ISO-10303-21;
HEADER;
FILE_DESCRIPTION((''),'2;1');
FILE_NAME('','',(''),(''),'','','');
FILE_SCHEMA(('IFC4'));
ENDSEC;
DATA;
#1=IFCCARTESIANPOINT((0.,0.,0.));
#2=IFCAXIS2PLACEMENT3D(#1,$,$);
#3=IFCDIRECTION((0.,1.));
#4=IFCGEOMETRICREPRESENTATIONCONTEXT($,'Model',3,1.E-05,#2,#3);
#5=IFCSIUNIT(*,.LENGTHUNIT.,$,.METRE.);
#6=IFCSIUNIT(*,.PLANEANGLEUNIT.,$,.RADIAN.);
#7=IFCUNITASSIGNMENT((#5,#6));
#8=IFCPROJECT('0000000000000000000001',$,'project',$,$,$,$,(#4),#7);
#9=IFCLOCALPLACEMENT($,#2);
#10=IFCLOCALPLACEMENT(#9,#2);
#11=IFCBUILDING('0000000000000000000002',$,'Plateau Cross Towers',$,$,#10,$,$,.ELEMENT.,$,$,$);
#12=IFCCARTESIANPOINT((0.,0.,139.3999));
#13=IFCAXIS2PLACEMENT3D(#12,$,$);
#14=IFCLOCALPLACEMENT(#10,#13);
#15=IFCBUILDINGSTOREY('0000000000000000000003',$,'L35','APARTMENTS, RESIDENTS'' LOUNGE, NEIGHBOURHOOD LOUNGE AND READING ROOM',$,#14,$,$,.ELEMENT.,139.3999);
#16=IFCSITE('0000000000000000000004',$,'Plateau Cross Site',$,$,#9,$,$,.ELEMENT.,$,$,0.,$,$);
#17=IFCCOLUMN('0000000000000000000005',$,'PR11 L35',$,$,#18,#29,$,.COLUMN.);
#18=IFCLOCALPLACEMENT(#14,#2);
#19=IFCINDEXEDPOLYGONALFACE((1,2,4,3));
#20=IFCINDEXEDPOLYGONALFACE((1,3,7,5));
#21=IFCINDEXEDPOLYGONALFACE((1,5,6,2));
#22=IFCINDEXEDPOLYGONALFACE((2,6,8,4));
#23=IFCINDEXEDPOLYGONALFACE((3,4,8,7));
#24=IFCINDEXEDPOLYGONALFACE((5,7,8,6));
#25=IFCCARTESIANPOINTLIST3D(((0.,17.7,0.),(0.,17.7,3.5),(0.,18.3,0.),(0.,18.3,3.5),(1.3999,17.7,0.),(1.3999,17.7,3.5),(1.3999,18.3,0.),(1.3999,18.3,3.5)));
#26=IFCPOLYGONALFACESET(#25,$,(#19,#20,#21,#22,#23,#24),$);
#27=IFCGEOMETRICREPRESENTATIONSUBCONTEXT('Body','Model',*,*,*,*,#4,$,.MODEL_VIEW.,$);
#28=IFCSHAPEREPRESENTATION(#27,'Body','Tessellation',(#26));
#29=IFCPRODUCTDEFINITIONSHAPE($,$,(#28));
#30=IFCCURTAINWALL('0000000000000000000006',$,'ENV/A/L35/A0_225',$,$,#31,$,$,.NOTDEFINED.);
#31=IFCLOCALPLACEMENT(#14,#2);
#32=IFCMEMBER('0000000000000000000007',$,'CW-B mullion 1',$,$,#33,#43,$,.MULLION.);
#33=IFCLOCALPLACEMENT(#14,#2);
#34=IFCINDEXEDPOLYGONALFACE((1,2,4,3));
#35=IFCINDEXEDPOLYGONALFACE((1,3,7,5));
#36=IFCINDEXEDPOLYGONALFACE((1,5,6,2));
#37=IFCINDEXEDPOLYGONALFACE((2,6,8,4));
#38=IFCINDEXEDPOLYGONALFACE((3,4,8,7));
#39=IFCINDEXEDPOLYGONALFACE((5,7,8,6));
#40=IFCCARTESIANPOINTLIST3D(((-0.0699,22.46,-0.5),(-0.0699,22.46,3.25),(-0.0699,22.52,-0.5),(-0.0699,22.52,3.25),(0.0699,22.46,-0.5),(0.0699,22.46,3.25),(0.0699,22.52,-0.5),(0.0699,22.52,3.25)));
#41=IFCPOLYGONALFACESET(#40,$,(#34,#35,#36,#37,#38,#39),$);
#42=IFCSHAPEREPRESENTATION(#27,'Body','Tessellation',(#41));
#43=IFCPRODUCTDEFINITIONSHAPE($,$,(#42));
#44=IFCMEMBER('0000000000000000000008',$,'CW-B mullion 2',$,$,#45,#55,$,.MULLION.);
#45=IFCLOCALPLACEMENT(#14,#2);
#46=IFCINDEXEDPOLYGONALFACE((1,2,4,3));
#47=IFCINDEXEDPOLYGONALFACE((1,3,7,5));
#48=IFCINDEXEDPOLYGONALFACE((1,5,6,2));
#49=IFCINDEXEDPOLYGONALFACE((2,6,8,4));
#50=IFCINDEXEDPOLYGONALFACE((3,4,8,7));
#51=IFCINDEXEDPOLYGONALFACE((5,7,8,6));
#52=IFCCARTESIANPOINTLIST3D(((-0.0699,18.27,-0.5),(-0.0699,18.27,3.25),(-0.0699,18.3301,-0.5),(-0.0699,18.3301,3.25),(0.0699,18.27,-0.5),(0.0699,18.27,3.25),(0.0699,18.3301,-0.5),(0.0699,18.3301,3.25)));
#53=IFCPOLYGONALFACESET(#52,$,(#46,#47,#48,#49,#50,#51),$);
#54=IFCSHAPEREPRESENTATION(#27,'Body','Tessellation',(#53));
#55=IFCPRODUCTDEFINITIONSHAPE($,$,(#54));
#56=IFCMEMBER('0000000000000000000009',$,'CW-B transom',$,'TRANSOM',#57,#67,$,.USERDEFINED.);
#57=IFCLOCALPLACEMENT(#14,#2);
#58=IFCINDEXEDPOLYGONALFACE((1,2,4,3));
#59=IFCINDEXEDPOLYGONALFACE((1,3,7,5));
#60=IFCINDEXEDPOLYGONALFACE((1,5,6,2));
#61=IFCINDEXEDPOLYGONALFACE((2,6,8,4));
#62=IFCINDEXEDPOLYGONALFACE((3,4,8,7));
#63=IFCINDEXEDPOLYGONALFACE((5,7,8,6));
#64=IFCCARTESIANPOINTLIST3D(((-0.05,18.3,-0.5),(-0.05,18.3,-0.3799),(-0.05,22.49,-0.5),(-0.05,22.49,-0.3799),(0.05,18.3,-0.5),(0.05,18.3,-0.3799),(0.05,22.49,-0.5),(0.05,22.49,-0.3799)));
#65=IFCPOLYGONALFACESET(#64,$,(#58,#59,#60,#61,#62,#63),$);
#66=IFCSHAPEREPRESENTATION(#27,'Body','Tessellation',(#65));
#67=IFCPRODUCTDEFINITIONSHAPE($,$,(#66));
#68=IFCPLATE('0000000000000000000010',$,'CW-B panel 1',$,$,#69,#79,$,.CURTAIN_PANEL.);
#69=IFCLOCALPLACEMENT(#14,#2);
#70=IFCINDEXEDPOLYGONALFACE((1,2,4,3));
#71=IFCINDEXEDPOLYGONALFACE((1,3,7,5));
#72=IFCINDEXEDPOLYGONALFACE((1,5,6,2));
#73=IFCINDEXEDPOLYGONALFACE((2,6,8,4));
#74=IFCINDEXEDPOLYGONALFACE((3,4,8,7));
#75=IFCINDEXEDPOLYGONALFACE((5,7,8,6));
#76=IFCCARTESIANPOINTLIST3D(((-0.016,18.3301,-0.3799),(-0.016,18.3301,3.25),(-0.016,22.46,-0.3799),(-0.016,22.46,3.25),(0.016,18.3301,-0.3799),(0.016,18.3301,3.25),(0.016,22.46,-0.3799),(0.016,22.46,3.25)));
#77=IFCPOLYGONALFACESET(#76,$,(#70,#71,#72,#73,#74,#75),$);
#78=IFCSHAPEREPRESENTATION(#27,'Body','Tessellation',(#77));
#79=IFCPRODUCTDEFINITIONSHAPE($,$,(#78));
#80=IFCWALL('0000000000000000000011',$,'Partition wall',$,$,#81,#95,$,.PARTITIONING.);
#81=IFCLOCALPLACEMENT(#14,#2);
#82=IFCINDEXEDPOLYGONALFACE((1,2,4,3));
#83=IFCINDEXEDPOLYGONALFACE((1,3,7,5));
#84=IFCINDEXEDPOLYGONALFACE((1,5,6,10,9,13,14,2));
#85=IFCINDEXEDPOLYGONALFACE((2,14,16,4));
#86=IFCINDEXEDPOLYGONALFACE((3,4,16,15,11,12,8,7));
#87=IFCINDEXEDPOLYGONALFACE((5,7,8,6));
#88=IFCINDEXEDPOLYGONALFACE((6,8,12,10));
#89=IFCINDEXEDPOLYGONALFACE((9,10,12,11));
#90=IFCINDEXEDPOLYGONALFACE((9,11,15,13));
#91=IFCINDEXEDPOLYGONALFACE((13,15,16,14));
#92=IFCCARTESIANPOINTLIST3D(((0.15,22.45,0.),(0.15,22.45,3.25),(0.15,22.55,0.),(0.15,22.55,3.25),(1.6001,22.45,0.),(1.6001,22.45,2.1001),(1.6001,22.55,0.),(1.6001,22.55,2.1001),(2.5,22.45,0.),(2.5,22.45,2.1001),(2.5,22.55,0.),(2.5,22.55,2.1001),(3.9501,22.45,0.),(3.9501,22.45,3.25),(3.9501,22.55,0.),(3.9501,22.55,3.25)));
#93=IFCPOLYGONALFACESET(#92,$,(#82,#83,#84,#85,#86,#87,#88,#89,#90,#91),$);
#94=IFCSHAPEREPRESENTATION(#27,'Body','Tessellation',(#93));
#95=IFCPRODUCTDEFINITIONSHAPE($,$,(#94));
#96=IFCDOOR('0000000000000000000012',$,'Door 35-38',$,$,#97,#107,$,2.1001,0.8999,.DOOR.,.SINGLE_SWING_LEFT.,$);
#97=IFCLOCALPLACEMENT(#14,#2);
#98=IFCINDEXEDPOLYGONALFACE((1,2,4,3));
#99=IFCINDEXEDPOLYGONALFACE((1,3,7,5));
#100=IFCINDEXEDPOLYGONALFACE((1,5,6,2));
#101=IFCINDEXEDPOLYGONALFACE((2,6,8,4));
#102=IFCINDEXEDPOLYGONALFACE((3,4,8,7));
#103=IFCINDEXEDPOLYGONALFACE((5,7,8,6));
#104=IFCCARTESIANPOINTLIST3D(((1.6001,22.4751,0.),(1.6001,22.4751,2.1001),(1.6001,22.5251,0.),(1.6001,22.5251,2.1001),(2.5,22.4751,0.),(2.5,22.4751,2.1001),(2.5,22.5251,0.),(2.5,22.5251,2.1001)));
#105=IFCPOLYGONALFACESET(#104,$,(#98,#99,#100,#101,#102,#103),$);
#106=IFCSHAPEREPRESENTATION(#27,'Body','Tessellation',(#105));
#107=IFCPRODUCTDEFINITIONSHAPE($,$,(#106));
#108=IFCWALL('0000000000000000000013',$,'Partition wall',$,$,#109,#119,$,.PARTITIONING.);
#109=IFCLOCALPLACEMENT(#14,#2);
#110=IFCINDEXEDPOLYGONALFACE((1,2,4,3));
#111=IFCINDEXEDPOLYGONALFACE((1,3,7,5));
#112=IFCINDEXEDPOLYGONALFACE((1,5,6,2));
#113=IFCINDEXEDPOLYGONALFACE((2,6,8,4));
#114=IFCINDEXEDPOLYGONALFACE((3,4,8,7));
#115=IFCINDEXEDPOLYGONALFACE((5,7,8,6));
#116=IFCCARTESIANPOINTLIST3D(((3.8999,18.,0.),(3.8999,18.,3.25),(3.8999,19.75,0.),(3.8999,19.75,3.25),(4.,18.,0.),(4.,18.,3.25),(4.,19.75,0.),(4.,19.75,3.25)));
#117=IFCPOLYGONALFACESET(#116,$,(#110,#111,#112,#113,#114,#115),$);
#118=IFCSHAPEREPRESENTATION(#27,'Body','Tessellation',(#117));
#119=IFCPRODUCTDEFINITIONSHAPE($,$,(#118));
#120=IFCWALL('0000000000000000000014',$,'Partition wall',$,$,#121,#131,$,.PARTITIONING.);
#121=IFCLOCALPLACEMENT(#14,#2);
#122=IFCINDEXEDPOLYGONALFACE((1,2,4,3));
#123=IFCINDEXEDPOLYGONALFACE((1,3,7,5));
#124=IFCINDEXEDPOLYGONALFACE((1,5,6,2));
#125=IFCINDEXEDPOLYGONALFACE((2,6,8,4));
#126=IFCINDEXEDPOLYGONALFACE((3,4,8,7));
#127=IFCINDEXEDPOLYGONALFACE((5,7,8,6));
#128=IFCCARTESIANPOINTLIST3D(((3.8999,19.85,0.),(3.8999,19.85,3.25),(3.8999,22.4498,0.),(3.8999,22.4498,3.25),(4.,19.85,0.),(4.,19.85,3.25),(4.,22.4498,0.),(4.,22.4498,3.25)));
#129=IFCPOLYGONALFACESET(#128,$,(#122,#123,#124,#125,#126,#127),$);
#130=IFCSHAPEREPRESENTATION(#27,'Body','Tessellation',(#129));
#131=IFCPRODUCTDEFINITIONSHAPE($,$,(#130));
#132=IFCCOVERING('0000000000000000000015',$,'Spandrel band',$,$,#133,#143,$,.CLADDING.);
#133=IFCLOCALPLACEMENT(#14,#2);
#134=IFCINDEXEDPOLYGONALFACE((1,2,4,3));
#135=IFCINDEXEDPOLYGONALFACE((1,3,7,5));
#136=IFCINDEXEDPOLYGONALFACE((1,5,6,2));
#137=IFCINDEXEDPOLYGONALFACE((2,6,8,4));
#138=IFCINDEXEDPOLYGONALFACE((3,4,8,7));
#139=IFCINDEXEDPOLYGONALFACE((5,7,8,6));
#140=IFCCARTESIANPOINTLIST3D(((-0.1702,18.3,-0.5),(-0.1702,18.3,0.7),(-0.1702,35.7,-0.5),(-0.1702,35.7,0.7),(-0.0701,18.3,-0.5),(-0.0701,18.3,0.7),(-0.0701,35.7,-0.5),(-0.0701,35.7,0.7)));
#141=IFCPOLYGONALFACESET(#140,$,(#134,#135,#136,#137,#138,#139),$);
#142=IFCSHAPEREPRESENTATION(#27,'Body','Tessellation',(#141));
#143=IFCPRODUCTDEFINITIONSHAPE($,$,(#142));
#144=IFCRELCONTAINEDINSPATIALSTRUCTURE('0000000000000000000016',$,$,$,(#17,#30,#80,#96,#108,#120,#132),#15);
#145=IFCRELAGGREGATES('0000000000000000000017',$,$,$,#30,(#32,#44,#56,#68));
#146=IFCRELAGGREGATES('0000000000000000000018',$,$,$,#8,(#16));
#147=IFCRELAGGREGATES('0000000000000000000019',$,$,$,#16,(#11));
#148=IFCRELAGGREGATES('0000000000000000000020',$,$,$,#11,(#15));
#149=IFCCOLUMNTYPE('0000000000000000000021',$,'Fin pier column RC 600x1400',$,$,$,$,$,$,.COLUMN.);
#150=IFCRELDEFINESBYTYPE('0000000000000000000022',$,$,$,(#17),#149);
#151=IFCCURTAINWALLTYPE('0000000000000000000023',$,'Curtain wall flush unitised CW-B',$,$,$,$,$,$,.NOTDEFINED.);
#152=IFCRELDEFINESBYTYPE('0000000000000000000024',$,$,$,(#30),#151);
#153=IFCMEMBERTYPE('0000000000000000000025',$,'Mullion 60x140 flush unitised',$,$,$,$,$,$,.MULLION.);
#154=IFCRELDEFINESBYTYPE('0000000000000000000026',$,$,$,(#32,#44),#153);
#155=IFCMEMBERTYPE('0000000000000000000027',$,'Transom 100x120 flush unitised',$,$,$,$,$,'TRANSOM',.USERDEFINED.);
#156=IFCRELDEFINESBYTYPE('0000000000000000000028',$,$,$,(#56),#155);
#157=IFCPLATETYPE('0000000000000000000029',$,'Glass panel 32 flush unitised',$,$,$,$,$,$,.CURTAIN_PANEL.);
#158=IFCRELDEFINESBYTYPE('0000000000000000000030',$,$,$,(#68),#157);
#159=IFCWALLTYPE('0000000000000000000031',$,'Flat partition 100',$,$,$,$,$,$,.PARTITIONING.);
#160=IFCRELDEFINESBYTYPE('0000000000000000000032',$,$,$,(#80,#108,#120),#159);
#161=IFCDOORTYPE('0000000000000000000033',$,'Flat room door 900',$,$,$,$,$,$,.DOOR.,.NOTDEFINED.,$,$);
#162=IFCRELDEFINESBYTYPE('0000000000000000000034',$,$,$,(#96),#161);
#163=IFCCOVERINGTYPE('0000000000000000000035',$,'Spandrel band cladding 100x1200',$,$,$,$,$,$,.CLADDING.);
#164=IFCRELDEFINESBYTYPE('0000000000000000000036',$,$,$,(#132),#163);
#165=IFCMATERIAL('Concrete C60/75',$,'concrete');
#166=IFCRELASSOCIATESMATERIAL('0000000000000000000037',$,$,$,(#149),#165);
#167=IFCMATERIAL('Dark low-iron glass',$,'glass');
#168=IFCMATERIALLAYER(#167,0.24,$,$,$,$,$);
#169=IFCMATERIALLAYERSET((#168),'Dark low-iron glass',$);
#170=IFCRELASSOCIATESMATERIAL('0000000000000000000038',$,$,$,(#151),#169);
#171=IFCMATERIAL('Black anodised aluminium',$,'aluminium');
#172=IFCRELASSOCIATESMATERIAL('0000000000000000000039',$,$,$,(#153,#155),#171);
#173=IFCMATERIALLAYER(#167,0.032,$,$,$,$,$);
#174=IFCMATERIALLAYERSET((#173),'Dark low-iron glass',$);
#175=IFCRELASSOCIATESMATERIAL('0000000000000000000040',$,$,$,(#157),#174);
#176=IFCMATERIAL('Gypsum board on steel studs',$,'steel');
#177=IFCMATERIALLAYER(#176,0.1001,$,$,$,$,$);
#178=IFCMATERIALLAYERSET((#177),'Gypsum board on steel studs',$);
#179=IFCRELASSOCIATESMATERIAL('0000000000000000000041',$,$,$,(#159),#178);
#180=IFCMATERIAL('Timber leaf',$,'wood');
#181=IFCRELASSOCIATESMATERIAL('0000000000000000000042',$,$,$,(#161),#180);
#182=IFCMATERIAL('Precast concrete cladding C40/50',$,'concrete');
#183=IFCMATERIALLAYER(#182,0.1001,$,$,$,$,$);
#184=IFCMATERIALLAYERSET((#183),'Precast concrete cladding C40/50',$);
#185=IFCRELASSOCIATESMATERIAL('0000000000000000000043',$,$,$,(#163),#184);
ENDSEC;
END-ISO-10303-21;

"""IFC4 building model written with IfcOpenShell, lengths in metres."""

from ifc_helpers import new_model, si_unit, direction, frame, frame_2d, origin, origin_2d, place, context, subcontext, project, spatial, rectangle, extrude, material, layer, layer_set, material_profile, profile_set, type_object, element, fill, aggregate, save


model = new_model("IFC4")

# Units and contexts
model_context = context("Model", 3, precision=1e-05, world=origin(), true_north=direction((0.0, 1.0)))
body_context = subcontext(model_context, "Body", "Model", "MODEL_VIEW")
ifc_project = project(units=[si_unit("LENGTHUNIT", "METRE"), si_unit("PLANEANGLEUNIT", "RADIAN")], contexts=[model_context])

# Site, building, storey
site_placement = place(None, origin())
site = spatial("IfcSite", under=ifc_project, at=site_placement, Name="Plateau Cross Site", CompositionType="ELEMENT", RefElevation=0.0)
building_placement = place(site_placement, origin())
building = spatial("IfcBuilding", under=site, at=building_placement, Name="Plateau Cross Towers", CompositionType="ELEMENT")
storey_placement = place(building_placement, frame((0.0, 0.0, 139.3999)))
storey = spatial("IfcBuildingStorey", under=building, at=storey_placement, Name="L35", Description="APARTMENTS, RESIDENTS' LOUNGE, NEIGHBOURHOOD LOUNGE AND READING ROOM", CompositionType="ELEMENT", Elevation=139.3999)

# Column
ifc_material_1 = material(Name="Concrete C60/75", Category="concrete")
ifc_material_profile_1 = material_profile(ifc_material_1, rectangle(XDim=0.6001, YDim=1.3999, at=origin_2d()), Name="RC 600x1400")
ifc_profile_set_1 = profile_set([ifc_material_profile_1], Name="Concrete C60/75")
column_type = type_object("IfcColumnType", Name="Fin pier column RC 600x1400", PredefinedType="COLUMN", material=ifc_profile_set_1)
column_placement = place(storey_placement, frame((0.7, 18.0, 0.0), z_axis=(0.0, 0.0, 1.0), x_axis=(0.0, 1.0, 0.0)))
element("IfcColumn", 1, at=column_placement, inside=storey, type_object=column_type, Name="PR11 L35", PredefinedType="COLUMN", context=body_context, shape_type="SweptSolid", body=[
    extrude(rectangle(XDim=0.6001, YDim=1.3999, at=origin_2d()), origin(), (0.0, 0.0, 1.0), 3.5),
])

# Curtain wall, members, plate
ifc_material_2 = material(Name="Dark low-iron glass", Category="glass")
ifc_layer_1 = layer(ifc_material_2, 0.24)
ifc_layer_set_1 = layer_set([ifc_layer_1], Name="Dark low-iron glass")
curtain_wall_type = type_object("IfcCurtainWallType", Name="Curtain wall flush unitised CW-B", PredefinedType="NOTDEFINED", material=ifc_layer_set_1)
curtain_wall_placement = place(storey_placement, origin())
curtain_wall = element("IfcCurtainWall", 2, at=curtain_wall_placement, inside=storey, type_object=curtain_wall_type, Name="ENV/A/L35/A0_225", PredefinedType="NOTDEFINED")
ifc_material_3 = material(Name="Black anodised aluminium", Category="aluminium")
ifc_material_profile_2 = material_profile(ifc_material_3, rectangle(XDim=0.0601, YDim=0.1399, at=origin_2d()), Name="MULLION 60x140")
ifc_profile_set_2 = profile_set([ifc_material_profile_2], Name="Black anodised aluminium")
member_type_1 = type_object("IfcMemberType", Name="Mullion 60x140 flush unitised", PredefinedType="MULLION", material=ifc_profile_set_2)
member_1_placement = place(storey_placement, frame((0.0, 22.49, -0.5), z_axis=(0.0, 0.0, 1.0), x_axis=(0.0, -1.0, 0.0)))
member_1 = element("IfcMember", 3, at=member_1_placement, type_object=member_type_1, Name="CW-B mullion 1", PredefinedType="MULLION", context=body_context, shape_type="SweptSolid", body=[
    extrude(rectangle(XDim=0.0601, YDim=0.1399, at=origin_2d()), origin(), (0.0, 0.0, 1.0), 3.75),
])
member_2_placement = place(storey_placement, frame((0.0, 18.3, -0.5), z_axis=(0.0, 0.0, 1.0), x_axis=(0.0, -1.0, 0.0)))
member_2 = element("IfcMember", 4, at=member_2_placement, type_object=member_type_1, Name="CW-B mullion 2", PredefinedType="MULLION", context=body_context, shape_type="SweptSolid", body=[
    extrude(rectangle(XDim=0.0601, YDim=0.1399, at=origin_2d()), origin(), (0.0, 0.0, 1.0), 3.75),
])
ifc_material_profile_3 = material_profile(ifc_material_3, rectangle(XDim=0.1001, YDim=0.1201, at=origin_2d()), Name="TRANSOM 100x120")
ifc_profile_set_3 = profile_set([ifc_material_profile_3], Name="Black anodised aluminium")
member_type_2 = type_object("IfcMemberType", Name="Transom 100x120 flush unitised", ElementType="TRANSOM", PredefinedType="USERDEFINED", material=ifc_profile_set_3)
member_3_placement = place(storey_placement, frame((0.0, 22.49, -0.4399), z_axis=(0.0, -1.0, 0.0), x_axis=(1.0, 0.0, 0.0)))
member_3 = element("IfcMember", 5, at=member_3_placement, type_object=member_type_2, Name="CW-B transom", ObjectType="TRANSOM", PredefinedType="USERDEFINED", context=body_context, shape_type="SweptSolid", body=[
    extrude(rectangle(XDim=0.1001, YDim=0.1201, at=origin_2d()), origin(), (0.0, 0.0, 1.0), 4.1899),
])
ifc_layer_2 = layer(ifc_material_2, 0.032)
ifc_layer_set_2 = layer_set([ifc_layer_2], Name="Dark low-iron glass")
plate_type = type_object("IfcPlateType", Name="Glass panel 32 flush unitised", PredefinedType="CURTAIN_PANEL", material=ifc_layer_set_2)
plate_placement = place(storey_placement, frame((0.0, 20.395, -0.3799), z_axis=(0.0, 0.0, 1.0), x_axis=(0.0, -1.0, 0.0)))
plate = element("IfcPlate", 6, at=plate_placement, type_object=plate_type, Name="CW-B panel 1", PredefinedType="CURTAIN_PANEL", context=body_context, shape_type="SweptSolid", body=[
    extrude(rectangle(XDim=4.1299, YDim=0.032, at=origin_2d()), origin(), (0.0, 0.0, 1.0), 3.6299),
])
aggregate(curtain_wall, [member_1, member_2, member_3, plate])

# Wall, opening, door
ifc_material_4 = material(Name="Gypsum board on steel studs", Category="steel")
ifc_layer_3 = layer(ifc_material_4, 0.1001)
ifc_layer_set_3 = layer_set([ifc_layer_3], Name="Gypsum board on steel studs")
wall_type_1 = type_object("IfcWallType", Name="Flat partition 100", PredefinedType="PARTITIONING", material=ifc_layer_set_3)
wall_1_placement = place(storey_placement, frame((3.95, 22.5, 0.0), z_axis=(0.0, 0.0, 1.0), x_axis=(-1.0, 0.0, 0.0)))
wall_1 = element("IfcWall", 7, at=wall_1_placement, inside=storey, type_object=wall_type_1, Name="Partition wall", PredefinedType="PARTITIONING", context=body_context, shape_type="SweptSolid", body=[
    extrude(rectangle(XDim=3.8, YDim=0.1001, at=frame_2d((1.8999, 0.0))), origin(), (0.0, 0.0, 1.0), 3.25),
])
opening_1_placement = place(wall_1_placement, frame((1.45, 0.0, 0.0)))
opening_1 = element("IfcOpeningElement", 8, at=opening_1_placement, cuts=wall_1, PredefinedType="OPENING", context=body_context, shape_type="SweptSolid", body=[
    extrude(rectangle(XDim=0.8999, YDim=2.1001, at=frame_2d((0.45, 1.05))), frame((0.0, 0.0601, 0.0), z_axis=(0.0, -1.0, 0.0), x_axis=(1.0, 0.0, 0.0)), (0.0, 0.0, 1.0), 0.1201),
])
ifc_material_5 = material(Name="Timber leaf", Category="wood")
door_type_1 = type_object("IfcDoorType", Name="Flat room door 900", OperationType="NOTDEFINED", PredefinedType="DOOR", material=ifc_material_5)
door_1_placement = place(opening_1_placement, origin())
door_1 = element("IfcDoor", 9, at=door_1_placement, inside=storey, type_object=door_type_1, Name="Door 35-38", OperationType="SINGLE_SWING_LEFT", OverallHeight=2.1001, OverallWidth=0.8999, PredefinedType="DOOR", context=body_context, shape_type="SweptSolid", body=[
    extrude(rectangle(XDim=0.8999, YDim=2.1001, at=frame_2d((0.45, 1.05))), frame((0.0, 0.0249, 0.0), z_axis=(0.0, -1.0, 0.0), x_axis=(1.0, 0.0, 0.0)), (0.0, 0.0, 1.0), 0.05),
])
fill(opening_1, door_1)

# Walls
wall_2_placement = place(storey_placement, frame((3.95, 19.75, 0.0), z_axis=(0.0, 0.0, 1.0), x_axis=(0.0, -1.0, 0.0)))
element("IfcWall", 10, at=wall_2_placement, inside=storey, type_object=wall_type_1, Name="Partition wall", PredefinedType="PARTITIONING", context=body_context, shape_type="SweptSolid", body=[
    extrude(rectangle(XDim=1.75, YDim=0.1001, at=frame_2d((0.875, 0.0))), origin(), (0.0, 0.0, 1.0), 3.25),
])
wall_3_placement = place(storey_placement, frame((3.95, 19.8501, 0.0), z_axis=(0.0, 0.0, 1.0), x_axis=(0.0, 1.0, 0.0)))
element("IfcWall", 11, at=wall_3_placement, inside=storey, type_object=wall_type_1, Name="Partition wall", PredefinedType="PARTITIONING", context=body_context, shape_type="SweptSolid", body=[
    extrude(rectangle(XDim=2.5999, YDim=0.1001, at=frame_2d((1.2998, 0.0))), origin(), (0.0, 0.0, 1.0), 3.25),
])

# Covering
ifc_material_6 = material(Name="Precast concrete cladding C40/50", Category="concrete")
ifc_layer_4 = layer(ifc_material_6, 0.1001)
ifc_layer_set_4 = layer_set([ifc_layer_4], Name="Precast concrete cladding C40/50")
covering_type = type_object("IfcCoveringType", Name="Spandrel band cladding 100x1200", PredefinedType="CLADDING", material=ifc_layer_set_4)
covering_placement = place(storey_placement, frame((-0.1201, 27.0, -0.5), z_axis=(0.0, 0.0, 1.0), x_axis=(0.0, -1.0, 0.0)))
element("IfcCovering", 12, at=covering_placement, inside=storey, type_object=covering_type, Name="Spandrel band", PredefinedType="CLADDING", context=body_context, shape_type="SweptSolid", body=[
    extrude(rectangle(XDim=17.3999, YDim=0.1001, at=origin_2d()), origin(), (0.0, 0.0, 1.0), 1.2),
])

save(model, "model.ifc")
